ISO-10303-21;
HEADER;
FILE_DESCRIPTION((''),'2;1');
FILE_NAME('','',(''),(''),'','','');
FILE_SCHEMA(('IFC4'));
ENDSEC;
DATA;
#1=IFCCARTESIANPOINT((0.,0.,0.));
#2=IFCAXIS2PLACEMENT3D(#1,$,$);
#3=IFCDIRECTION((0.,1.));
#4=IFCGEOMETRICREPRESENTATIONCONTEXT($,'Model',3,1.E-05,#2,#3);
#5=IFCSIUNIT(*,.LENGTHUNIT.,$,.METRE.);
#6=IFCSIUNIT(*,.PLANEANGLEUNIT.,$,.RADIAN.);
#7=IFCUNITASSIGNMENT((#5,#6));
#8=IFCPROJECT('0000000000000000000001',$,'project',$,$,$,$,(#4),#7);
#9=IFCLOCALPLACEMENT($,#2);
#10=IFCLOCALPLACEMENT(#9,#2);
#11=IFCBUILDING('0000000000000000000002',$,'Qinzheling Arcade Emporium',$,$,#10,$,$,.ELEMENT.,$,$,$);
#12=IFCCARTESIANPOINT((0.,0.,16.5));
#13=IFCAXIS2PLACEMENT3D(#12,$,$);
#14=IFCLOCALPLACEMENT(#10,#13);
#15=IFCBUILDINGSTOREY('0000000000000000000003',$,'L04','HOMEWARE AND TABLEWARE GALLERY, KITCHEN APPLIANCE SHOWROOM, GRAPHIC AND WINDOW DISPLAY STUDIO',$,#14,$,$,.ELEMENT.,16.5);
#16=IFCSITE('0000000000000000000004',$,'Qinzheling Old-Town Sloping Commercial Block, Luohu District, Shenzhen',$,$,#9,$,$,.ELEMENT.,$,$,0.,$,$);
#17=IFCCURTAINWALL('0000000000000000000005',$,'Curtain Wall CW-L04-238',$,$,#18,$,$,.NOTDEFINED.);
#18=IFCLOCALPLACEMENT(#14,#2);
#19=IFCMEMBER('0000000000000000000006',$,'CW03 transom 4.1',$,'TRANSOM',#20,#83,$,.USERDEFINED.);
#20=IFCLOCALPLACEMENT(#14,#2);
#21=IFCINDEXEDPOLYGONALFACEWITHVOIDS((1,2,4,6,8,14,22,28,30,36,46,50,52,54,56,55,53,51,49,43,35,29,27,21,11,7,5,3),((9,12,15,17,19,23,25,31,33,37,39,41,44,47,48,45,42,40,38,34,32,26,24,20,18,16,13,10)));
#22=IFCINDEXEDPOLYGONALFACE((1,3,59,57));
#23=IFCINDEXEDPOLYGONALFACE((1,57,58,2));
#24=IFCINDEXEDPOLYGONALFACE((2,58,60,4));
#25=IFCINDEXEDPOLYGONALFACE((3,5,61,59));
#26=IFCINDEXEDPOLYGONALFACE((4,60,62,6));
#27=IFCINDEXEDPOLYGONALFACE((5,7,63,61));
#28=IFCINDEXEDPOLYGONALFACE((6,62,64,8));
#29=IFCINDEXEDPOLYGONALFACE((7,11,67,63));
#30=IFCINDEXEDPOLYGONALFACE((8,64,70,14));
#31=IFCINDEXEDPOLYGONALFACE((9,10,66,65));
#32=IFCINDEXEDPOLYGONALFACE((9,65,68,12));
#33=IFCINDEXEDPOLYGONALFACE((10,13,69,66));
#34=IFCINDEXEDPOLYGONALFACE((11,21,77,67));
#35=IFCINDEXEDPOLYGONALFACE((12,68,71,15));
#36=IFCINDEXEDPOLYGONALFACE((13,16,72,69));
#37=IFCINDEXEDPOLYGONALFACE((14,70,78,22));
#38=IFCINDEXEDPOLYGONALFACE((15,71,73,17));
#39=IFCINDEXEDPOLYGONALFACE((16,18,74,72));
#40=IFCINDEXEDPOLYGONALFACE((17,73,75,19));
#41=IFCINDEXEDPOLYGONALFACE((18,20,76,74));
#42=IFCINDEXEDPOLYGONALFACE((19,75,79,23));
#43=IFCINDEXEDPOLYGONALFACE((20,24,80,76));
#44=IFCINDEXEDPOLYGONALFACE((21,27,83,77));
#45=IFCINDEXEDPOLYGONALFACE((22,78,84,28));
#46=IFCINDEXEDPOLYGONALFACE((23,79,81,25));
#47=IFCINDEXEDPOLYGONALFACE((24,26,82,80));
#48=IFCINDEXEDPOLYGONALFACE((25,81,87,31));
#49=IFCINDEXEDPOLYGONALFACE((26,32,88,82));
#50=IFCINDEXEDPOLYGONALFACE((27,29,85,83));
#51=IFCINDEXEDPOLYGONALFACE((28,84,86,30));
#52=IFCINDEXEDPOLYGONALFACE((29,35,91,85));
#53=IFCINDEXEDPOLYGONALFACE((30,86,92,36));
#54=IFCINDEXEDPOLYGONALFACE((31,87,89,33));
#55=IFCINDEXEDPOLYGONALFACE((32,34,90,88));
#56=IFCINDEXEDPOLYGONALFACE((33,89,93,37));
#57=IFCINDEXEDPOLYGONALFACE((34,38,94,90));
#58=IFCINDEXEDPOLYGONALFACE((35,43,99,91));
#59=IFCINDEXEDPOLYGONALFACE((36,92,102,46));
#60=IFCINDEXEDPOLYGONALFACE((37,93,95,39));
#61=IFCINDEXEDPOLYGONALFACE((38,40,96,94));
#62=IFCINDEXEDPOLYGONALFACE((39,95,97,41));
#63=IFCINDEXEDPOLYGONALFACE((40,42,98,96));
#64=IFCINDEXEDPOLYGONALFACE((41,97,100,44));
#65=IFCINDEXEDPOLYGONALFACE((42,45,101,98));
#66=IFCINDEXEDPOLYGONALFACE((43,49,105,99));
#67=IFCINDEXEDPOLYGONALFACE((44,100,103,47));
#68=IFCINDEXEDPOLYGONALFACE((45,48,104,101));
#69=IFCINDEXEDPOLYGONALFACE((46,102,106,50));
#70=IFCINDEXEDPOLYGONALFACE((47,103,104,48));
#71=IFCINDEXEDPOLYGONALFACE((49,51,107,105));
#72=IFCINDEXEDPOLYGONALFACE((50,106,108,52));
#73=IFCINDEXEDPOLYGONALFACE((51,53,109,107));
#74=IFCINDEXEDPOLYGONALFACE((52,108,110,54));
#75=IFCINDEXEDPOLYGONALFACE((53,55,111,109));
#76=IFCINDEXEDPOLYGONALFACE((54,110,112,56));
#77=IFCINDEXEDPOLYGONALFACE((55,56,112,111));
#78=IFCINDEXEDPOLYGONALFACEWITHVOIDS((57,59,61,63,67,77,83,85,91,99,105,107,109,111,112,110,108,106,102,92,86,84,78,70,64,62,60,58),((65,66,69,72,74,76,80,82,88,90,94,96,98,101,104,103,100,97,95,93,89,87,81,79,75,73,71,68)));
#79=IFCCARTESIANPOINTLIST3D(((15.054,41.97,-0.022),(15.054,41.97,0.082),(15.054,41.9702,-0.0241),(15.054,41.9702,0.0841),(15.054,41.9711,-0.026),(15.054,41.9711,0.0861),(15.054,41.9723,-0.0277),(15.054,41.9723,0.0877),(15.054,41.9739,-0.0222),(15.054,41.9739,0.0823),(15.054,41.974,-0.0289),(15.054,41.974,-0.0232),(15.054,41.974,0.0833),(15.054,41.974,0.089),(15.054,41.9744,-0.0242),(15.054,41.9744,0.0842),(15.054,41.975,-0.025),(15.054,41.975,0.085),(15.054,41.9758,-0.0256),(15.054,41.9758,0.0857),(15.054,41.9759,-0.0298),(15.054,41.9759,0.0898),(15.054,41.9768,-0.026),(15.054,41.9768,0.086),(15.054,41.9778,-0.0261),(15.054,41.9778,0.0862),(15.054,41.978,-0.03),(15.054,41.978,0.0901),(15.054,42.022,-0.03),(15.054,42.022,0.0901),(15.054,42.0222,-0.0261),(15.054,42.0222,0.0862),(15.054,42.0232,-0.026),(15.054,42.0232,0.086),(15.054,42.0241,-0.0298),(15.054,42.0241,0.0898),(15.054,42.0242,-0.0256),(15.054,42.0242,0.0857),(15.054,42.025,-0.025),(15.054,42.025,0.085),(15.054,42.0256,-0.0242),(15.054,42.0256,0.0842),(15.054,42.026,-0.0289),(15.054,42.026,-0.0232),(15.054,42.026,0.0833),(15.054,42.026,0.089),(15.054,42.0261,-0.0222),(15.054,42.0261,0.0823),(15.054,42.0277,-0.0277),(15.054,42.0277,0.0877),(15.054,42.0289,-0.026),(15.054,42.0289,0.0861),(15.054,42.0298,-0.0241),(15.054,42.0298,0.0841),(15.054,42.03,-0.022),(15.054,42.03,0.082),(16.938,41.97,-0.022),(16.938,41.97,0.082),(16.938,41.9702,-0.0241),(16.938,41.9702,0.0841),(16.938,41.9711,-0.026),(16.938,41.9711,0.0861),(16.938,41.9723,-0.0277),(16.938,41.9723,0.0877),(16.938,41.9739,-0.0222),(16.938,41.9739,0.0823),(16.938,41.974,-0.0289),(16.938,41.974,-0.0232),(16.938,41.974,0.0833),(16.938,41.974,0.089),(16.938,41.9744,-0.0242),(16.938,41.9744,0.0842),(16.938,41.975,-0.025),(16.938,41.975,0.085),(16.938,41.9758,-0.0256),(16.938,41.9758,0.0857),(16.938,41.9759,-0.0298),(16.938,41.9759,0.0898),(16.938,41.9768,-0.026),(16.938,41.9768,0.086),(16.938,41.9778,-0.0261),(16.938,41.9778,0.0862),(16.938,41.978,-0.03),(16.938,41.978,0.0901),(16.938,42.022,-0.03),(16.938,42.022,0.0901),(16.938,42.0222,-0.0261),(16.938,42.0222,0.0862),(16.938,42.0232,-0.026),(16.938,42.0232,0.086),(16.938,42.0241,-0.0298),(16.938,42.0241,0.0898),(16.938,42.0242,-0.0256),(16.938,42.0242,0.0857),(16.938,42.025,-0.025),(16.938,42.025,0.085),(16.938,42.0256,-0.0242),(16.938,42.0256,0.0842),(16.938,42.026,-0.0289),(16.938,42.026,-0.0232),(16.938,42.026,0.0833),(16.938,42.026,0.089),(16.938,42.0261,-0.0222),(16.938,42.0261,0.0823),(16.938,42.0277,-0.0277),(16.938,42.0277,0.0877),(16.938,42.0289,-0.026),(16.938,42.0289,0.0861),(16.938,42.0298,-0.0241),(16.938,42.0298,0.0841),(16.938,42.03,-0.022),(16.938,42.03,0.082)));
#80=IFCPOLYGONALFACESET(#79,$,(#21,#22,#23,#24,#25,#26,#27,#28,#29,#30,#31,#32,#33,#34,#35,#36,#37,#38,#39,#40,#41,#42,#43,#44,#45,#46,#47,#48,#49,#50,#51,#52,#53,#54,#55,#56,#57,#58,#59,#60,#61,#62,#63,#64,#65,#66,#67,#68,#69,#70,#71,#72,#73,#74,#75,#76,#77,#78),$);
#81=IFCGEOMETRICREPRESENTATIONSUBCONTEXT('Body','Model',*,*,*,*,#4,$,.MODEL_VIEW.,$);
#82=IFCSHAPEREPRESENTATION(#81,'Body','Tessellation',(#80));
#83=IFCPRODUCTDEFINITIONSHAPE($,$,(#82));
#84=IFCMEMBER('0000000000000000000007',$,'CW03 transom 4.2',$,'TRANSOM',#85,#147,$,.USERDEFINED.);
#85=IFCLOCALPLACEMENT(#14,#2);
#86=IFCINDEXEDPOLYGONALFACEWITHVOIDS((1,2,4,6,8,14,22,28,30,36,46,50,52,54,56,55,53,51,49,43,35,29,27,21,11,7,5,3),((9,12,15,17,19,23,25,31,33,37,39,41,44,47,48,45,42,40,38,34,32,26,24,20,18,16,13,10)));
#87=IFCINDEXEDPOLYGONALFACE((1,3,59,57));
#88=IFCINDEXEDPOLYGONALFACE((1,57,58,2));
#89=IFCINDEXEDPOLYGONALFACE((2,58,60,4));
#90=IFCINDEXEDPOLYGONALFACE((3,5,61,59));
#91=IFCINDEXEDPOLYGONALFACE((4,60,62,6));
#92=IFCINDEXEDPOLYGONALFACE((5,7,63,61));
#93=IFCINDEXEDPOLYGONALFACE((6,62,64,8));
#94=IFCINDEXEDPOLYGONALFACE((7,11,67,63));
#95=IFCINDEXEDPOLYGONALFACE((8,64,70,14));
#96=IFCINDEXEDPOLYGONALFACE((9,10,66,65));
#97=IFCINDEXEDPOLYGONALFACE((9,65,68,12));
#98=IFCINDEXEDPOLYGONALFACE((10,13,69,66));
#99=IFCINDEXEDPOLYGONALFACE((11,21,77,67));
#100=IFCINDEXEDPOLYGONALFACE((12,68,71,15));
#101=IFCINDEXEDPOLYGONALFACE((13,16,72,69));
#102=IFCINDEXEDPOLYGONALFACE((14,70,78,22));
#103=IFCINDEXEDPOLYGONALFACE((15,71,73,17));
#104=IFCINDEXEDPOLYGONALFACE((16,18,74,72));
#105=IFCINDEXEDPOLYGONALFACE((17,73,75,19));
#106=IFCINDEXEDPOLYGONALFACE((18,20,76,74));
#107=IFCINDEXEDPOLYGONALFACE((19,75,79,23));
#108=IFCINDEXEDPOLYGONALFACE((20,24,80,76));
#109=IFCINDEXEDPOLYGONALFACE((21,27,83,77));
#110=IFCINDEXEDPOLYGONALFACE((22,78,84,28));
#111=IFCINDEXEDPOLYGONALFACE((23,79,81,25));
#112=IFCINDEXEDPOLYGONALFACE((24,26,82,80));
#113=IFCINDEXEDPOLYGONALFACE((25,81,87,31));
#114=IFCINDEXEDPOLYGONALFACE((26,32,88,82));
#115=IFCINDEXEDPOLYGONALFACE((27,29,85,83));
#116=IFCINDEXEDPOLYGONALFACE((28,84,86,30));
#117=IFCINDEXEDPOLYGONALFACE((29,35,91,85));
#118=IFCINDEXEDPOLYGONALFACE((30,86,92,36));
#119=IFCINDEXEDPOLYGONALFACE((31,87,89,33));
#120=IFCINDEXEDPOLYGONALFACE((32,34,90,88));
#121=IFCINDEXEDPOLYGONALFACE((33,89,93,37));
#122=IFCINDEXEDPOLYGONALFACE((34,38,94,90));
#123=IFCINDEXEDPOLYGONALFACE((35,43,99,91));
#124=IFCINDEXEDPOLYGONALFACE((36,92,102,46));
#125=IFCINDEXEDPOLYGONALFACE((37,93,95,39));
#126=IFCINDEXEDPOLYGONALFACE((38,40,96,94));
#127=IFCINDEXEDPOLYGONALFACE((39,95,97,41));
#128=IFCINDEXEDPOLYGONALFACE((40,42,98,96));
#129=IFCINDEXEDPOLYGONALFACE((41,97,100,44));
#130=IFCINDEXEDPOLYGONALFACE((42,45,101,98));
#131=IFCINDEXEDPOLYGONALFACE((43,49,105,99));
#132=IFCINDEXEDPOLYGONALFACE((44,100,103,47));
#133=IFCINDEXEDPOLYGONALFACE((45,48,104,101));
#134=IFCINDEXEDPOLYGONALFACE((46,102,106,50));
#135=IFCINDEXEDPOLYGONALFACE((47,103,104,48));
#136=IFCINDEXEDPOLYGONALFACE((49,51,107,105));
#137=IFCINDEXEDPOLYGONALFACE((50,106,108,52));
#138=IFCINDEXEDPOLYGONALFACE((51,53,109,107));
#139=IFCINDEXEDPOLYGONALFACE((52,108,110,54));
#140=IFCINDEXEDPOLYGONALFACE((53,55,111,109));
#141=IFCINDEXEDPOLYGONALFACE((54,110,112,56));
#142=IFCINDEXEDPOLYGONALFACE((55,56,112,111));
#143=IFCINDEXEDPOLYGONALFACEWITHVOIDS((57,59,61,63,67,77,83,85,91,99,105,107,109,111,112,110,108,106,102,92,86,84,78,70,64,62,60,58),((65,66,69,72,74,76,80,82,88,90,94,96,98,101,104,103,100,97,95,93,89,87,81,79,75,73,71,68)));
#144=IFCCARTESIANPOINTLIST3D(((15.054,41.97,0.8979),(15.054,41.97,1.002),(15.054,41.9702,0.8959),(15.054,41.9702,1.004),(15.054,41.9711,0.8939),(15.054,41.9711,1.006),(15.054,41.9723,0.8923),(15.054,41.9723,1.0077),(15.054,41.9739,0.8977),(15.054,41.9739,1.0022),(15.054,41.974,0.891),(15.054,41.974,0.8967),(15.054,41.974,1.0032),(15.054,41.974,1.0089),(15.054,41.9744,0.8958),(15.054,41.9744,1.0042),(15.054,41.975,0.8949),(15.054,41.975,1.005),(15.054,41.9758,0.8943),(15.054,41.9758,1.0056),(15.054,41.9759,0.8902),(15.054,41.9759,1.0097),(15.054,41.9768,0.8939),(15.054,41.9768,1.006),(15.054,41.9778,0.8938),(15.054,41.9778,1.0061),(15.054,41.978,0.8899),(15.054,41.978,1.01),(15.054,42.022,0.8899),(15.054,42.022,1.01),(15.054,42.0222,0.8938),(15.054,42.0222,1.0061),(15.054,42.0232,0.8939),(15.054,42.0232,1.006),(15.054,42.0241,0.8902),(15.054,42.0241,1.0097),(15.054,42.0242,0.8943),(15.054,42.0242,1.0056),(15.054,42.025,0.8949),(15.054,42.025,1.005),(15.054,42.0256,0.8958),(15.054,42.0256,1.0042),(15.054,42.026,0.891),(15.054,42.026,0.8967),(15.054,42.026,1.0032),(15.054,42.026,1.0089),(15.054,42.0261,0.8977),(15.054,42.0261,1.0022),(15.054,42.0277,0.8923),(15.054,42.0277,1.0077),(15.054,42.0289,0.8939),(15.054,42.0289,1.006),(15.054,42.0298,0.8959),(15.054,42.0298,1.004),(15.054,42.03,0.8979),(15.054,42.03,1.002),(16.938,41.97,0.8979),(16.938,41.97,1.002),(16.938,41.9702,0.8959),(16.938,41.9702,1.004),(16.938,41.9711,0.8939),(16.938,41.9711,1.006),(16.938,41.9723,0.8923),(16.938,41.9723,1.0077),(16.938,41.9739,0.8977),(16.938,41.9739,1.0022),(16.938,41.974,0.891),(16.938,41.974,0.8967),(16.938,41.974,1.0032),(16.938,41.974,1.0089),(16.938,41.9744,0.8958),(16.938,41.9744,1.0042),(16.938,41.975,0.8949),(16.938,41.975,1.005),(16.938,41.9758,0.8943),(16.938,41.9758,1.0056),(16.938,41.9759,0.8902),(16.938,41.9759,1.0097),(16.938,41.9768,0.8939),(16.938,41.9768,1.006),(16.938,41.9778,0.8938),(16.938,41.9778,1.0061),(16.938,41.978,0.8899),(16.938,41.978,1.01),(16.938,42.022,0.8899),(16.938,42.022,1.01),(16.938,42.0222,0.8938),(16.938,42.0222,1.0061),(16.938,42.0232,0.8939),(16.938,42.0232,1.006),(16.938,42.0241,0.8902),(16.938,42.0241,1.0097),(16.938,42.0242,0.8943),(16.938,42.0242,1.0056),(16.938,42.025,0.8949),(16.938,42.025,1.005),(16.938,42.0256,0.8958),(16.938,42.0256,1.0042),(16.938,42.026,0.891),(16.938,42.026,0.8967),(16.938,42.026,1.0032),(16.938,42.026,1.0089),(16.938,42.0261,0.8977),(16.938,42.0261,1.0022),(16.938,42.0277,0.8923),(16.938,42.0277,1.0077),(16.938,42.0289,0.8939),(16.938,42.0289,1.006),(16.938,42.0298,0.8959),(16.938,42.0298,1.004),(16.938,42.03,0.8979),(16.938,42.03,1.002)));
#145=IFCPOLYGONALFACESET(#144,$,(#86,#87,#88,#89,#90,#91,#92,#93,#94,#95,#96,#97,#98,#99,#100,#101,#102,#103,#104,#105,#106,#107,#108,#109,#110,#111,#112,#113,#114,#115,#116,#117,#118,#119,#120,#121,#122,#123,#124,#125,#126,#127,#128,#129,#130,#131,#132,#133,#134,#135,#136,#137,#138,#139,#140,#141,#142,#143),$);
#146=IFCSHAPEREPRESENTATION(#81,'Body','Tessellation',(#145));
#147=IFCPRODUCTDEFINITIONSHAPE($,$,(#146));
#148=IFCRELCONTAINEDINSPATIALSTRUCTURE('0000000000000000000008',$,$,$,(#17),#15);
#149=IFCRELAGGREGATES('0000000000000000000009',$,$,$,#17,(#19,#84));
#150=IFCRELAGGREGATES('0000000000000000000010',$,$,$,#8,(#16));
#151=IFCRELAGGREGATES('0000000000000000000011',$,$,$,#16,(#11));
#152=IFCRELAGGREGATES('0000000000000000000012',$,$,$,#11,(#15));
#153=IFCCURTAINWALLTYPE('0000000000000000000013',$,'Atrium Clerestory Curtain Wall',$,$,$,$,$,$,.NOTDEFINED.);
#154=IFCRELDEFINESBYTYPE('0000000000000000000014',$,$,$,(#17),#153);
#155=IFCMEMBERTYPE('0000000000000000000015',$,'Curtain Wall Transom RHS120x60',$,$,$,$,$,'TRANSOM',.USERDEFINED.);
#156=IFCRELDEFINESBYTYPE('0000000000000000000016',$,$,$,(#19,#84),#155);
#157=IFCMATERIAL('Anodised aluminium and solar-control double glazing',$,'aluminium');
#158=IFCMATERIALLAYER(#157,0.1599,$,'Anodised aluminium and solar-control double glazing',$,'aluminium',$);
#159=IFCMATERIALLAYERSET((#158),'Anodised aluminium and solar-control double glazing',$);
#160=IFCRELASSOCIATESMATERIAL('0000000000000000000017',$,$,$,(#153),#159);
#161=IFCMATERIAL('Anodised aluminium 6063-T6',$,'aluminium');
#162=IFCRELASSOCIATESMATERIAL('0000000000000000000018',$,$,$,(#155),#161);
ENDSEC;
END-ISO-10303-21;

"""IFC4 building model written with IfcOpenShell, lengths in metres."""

from ifc_helpers import new_model, si_unit, direction, frame, origin, origin_2d, place, context, subcontext, project, spatial, hollow_rectangle, extrude, material, layer, layer_set, material_profile, profile_set, type_object, element, aggregate, save


model = new_model("IFC4")

# Units and contexts
model_context = context("Model", 3, precision=1e-05, world=origin(), true_north=direction((0.0, 1.0)))
body_context = subcontext(model_context, "Body", "Model", "MODEL_VIEW")
ifc_project = project(units=[si_unit("LENGTHUNIT", "METRE"), si_unit("PLANEANGLEUNIT", "RADIAN")], contexts=[model_context])

# Site, building, storey
site_placement = place(None, origin())
site = spatial("IfcSite", under=ifc_project, at=site_placement, Name="Qinzheling Old-Town Sloping Commercial Block, Luohu District, Shenzhen", CompositionType="ELEMENT", RefElevation=0.0)
building_placement = place(site_placement, origin())
building = spatial("IfcBuilding", under=site, at=building_placement, Name="Qinzheling Arcade Emporium", CompositionType="ELEMENT")
storey_placement = place(building_placement, frame((0.0, 0.0, 16.5)))
storey = spatial("IfcBuildingStorey", under=building, at=storey_placement, Name="L04", Description="HOMEWARE AND TABLEWARE GALLERY, KITCHEN APPLIANCE SHOWROOM, GRAPHIC AND WINDOW DISPLAY STUDIO", CompositionType="ELEMENT", Elevation=16.5)

# Curtain wall, members
ifc_material_1 = material(Name="Anodised aluminium and solar-control double glazing", Category="aluminium")
ifc_layer_1 = layer(ifc_material_1, 0.1599, Name="Anodised aluminium and solar-control double glazing", Category="aluminium")
ifc_layer_set_1 = layer_set([ifc_layer_1], Name="Anodised aluminium and solar-control double glazing")
curtain_wall_type = type_object("IfcCurtainWallType", Name="Atrium Clerestory Curtain Wall", PredefinedType="NOTDEFINED", material=ifc_layer_set_1)
curtain_wall_placement = place(storey_placement, origin())
curtain_wall = element("IfcCurtainWall", 1, at=curtain_wall_placement, inside=storey, type_object=curtain_wall_type, Name="Curtain Wall CW-L04-238", PredefinedType="NOTDEFINED")
ifc_material_2 = material(Name="Anodised aluminium 6063-T6", Category="aluminium")
ifc_material_profile_1 = material_profile(ifc_material_2, hollow_rectangle(XDim=0.0601, YDim=0.1201, WallThickness=0.0039, InnerFilletRadius=0.0039, OuterFilletRadius=0.0081, at=origin_2d()), Name="RHS 120x60x4", Category="aluminium")
ifc_profile_set_1 = profile_set([ifc_material_profile_1], Name="Anodised aluminium 6063-T6")
member_type_1 = type_object("IfcMemberType", Name="Curtain Wall Transom RHS120x60", ElementType="TRANSOM", PredefinedType="USERDEFINED", material=ifc_profile_set_1)
member_1_placement = place(storey_placement, frame((15.054, 42.0, 0.03), z_axis=(1.0, 0.0, 0.0), x_axis=(0.0, 1.0, 0.0)))
member_1 = element("IfcMember", 2, at=member_1_placement, type_object=member_type_1, Name="CW03 transom 4.1", ObjectType="TRANSOM", PredefinedType="USERDEFINED", context=body_context, shape_type="SweptSolid", body=[
    extrude(hollow_rectangle(XDim=0.0601, YDim=0.1201, WallThickness=0.0039, InnerFilletRadius=0.0039, OuterFilletRadius=0.0081, at=origin_2d()), origin(), (0.0, 0.0, 1.0), 1.884),
])
member_2_placement = place(storey_placement, frame((15.054, 42.0, 0.95), z_axis=(1.0, 0.0, 0.0), x_axis=(0.0, 1.0, 0.0)))
member_2 = element("IfcMember", 3, at=member_2_placement, type_object=member_type_1, Name="CW03 transom 4.2", ObjectType="TRANSOM", PredefinedType="USERDEFINED", context=body_context, shape_type="SweptSolid", body=[
    extrude(hollow_rectangle(XDim=0.0601, YDim=0.1201, WallThickness=0.0039, InnerFilletRadius=0.0039, OuterFilletRadius=0.0081, at=origin_2d()), origin(), (0.0, 0.0, 1.0), 1.884),
])

aggregate(curtain_wall, [member_1, member_2])

save(model, "model.ifc")
